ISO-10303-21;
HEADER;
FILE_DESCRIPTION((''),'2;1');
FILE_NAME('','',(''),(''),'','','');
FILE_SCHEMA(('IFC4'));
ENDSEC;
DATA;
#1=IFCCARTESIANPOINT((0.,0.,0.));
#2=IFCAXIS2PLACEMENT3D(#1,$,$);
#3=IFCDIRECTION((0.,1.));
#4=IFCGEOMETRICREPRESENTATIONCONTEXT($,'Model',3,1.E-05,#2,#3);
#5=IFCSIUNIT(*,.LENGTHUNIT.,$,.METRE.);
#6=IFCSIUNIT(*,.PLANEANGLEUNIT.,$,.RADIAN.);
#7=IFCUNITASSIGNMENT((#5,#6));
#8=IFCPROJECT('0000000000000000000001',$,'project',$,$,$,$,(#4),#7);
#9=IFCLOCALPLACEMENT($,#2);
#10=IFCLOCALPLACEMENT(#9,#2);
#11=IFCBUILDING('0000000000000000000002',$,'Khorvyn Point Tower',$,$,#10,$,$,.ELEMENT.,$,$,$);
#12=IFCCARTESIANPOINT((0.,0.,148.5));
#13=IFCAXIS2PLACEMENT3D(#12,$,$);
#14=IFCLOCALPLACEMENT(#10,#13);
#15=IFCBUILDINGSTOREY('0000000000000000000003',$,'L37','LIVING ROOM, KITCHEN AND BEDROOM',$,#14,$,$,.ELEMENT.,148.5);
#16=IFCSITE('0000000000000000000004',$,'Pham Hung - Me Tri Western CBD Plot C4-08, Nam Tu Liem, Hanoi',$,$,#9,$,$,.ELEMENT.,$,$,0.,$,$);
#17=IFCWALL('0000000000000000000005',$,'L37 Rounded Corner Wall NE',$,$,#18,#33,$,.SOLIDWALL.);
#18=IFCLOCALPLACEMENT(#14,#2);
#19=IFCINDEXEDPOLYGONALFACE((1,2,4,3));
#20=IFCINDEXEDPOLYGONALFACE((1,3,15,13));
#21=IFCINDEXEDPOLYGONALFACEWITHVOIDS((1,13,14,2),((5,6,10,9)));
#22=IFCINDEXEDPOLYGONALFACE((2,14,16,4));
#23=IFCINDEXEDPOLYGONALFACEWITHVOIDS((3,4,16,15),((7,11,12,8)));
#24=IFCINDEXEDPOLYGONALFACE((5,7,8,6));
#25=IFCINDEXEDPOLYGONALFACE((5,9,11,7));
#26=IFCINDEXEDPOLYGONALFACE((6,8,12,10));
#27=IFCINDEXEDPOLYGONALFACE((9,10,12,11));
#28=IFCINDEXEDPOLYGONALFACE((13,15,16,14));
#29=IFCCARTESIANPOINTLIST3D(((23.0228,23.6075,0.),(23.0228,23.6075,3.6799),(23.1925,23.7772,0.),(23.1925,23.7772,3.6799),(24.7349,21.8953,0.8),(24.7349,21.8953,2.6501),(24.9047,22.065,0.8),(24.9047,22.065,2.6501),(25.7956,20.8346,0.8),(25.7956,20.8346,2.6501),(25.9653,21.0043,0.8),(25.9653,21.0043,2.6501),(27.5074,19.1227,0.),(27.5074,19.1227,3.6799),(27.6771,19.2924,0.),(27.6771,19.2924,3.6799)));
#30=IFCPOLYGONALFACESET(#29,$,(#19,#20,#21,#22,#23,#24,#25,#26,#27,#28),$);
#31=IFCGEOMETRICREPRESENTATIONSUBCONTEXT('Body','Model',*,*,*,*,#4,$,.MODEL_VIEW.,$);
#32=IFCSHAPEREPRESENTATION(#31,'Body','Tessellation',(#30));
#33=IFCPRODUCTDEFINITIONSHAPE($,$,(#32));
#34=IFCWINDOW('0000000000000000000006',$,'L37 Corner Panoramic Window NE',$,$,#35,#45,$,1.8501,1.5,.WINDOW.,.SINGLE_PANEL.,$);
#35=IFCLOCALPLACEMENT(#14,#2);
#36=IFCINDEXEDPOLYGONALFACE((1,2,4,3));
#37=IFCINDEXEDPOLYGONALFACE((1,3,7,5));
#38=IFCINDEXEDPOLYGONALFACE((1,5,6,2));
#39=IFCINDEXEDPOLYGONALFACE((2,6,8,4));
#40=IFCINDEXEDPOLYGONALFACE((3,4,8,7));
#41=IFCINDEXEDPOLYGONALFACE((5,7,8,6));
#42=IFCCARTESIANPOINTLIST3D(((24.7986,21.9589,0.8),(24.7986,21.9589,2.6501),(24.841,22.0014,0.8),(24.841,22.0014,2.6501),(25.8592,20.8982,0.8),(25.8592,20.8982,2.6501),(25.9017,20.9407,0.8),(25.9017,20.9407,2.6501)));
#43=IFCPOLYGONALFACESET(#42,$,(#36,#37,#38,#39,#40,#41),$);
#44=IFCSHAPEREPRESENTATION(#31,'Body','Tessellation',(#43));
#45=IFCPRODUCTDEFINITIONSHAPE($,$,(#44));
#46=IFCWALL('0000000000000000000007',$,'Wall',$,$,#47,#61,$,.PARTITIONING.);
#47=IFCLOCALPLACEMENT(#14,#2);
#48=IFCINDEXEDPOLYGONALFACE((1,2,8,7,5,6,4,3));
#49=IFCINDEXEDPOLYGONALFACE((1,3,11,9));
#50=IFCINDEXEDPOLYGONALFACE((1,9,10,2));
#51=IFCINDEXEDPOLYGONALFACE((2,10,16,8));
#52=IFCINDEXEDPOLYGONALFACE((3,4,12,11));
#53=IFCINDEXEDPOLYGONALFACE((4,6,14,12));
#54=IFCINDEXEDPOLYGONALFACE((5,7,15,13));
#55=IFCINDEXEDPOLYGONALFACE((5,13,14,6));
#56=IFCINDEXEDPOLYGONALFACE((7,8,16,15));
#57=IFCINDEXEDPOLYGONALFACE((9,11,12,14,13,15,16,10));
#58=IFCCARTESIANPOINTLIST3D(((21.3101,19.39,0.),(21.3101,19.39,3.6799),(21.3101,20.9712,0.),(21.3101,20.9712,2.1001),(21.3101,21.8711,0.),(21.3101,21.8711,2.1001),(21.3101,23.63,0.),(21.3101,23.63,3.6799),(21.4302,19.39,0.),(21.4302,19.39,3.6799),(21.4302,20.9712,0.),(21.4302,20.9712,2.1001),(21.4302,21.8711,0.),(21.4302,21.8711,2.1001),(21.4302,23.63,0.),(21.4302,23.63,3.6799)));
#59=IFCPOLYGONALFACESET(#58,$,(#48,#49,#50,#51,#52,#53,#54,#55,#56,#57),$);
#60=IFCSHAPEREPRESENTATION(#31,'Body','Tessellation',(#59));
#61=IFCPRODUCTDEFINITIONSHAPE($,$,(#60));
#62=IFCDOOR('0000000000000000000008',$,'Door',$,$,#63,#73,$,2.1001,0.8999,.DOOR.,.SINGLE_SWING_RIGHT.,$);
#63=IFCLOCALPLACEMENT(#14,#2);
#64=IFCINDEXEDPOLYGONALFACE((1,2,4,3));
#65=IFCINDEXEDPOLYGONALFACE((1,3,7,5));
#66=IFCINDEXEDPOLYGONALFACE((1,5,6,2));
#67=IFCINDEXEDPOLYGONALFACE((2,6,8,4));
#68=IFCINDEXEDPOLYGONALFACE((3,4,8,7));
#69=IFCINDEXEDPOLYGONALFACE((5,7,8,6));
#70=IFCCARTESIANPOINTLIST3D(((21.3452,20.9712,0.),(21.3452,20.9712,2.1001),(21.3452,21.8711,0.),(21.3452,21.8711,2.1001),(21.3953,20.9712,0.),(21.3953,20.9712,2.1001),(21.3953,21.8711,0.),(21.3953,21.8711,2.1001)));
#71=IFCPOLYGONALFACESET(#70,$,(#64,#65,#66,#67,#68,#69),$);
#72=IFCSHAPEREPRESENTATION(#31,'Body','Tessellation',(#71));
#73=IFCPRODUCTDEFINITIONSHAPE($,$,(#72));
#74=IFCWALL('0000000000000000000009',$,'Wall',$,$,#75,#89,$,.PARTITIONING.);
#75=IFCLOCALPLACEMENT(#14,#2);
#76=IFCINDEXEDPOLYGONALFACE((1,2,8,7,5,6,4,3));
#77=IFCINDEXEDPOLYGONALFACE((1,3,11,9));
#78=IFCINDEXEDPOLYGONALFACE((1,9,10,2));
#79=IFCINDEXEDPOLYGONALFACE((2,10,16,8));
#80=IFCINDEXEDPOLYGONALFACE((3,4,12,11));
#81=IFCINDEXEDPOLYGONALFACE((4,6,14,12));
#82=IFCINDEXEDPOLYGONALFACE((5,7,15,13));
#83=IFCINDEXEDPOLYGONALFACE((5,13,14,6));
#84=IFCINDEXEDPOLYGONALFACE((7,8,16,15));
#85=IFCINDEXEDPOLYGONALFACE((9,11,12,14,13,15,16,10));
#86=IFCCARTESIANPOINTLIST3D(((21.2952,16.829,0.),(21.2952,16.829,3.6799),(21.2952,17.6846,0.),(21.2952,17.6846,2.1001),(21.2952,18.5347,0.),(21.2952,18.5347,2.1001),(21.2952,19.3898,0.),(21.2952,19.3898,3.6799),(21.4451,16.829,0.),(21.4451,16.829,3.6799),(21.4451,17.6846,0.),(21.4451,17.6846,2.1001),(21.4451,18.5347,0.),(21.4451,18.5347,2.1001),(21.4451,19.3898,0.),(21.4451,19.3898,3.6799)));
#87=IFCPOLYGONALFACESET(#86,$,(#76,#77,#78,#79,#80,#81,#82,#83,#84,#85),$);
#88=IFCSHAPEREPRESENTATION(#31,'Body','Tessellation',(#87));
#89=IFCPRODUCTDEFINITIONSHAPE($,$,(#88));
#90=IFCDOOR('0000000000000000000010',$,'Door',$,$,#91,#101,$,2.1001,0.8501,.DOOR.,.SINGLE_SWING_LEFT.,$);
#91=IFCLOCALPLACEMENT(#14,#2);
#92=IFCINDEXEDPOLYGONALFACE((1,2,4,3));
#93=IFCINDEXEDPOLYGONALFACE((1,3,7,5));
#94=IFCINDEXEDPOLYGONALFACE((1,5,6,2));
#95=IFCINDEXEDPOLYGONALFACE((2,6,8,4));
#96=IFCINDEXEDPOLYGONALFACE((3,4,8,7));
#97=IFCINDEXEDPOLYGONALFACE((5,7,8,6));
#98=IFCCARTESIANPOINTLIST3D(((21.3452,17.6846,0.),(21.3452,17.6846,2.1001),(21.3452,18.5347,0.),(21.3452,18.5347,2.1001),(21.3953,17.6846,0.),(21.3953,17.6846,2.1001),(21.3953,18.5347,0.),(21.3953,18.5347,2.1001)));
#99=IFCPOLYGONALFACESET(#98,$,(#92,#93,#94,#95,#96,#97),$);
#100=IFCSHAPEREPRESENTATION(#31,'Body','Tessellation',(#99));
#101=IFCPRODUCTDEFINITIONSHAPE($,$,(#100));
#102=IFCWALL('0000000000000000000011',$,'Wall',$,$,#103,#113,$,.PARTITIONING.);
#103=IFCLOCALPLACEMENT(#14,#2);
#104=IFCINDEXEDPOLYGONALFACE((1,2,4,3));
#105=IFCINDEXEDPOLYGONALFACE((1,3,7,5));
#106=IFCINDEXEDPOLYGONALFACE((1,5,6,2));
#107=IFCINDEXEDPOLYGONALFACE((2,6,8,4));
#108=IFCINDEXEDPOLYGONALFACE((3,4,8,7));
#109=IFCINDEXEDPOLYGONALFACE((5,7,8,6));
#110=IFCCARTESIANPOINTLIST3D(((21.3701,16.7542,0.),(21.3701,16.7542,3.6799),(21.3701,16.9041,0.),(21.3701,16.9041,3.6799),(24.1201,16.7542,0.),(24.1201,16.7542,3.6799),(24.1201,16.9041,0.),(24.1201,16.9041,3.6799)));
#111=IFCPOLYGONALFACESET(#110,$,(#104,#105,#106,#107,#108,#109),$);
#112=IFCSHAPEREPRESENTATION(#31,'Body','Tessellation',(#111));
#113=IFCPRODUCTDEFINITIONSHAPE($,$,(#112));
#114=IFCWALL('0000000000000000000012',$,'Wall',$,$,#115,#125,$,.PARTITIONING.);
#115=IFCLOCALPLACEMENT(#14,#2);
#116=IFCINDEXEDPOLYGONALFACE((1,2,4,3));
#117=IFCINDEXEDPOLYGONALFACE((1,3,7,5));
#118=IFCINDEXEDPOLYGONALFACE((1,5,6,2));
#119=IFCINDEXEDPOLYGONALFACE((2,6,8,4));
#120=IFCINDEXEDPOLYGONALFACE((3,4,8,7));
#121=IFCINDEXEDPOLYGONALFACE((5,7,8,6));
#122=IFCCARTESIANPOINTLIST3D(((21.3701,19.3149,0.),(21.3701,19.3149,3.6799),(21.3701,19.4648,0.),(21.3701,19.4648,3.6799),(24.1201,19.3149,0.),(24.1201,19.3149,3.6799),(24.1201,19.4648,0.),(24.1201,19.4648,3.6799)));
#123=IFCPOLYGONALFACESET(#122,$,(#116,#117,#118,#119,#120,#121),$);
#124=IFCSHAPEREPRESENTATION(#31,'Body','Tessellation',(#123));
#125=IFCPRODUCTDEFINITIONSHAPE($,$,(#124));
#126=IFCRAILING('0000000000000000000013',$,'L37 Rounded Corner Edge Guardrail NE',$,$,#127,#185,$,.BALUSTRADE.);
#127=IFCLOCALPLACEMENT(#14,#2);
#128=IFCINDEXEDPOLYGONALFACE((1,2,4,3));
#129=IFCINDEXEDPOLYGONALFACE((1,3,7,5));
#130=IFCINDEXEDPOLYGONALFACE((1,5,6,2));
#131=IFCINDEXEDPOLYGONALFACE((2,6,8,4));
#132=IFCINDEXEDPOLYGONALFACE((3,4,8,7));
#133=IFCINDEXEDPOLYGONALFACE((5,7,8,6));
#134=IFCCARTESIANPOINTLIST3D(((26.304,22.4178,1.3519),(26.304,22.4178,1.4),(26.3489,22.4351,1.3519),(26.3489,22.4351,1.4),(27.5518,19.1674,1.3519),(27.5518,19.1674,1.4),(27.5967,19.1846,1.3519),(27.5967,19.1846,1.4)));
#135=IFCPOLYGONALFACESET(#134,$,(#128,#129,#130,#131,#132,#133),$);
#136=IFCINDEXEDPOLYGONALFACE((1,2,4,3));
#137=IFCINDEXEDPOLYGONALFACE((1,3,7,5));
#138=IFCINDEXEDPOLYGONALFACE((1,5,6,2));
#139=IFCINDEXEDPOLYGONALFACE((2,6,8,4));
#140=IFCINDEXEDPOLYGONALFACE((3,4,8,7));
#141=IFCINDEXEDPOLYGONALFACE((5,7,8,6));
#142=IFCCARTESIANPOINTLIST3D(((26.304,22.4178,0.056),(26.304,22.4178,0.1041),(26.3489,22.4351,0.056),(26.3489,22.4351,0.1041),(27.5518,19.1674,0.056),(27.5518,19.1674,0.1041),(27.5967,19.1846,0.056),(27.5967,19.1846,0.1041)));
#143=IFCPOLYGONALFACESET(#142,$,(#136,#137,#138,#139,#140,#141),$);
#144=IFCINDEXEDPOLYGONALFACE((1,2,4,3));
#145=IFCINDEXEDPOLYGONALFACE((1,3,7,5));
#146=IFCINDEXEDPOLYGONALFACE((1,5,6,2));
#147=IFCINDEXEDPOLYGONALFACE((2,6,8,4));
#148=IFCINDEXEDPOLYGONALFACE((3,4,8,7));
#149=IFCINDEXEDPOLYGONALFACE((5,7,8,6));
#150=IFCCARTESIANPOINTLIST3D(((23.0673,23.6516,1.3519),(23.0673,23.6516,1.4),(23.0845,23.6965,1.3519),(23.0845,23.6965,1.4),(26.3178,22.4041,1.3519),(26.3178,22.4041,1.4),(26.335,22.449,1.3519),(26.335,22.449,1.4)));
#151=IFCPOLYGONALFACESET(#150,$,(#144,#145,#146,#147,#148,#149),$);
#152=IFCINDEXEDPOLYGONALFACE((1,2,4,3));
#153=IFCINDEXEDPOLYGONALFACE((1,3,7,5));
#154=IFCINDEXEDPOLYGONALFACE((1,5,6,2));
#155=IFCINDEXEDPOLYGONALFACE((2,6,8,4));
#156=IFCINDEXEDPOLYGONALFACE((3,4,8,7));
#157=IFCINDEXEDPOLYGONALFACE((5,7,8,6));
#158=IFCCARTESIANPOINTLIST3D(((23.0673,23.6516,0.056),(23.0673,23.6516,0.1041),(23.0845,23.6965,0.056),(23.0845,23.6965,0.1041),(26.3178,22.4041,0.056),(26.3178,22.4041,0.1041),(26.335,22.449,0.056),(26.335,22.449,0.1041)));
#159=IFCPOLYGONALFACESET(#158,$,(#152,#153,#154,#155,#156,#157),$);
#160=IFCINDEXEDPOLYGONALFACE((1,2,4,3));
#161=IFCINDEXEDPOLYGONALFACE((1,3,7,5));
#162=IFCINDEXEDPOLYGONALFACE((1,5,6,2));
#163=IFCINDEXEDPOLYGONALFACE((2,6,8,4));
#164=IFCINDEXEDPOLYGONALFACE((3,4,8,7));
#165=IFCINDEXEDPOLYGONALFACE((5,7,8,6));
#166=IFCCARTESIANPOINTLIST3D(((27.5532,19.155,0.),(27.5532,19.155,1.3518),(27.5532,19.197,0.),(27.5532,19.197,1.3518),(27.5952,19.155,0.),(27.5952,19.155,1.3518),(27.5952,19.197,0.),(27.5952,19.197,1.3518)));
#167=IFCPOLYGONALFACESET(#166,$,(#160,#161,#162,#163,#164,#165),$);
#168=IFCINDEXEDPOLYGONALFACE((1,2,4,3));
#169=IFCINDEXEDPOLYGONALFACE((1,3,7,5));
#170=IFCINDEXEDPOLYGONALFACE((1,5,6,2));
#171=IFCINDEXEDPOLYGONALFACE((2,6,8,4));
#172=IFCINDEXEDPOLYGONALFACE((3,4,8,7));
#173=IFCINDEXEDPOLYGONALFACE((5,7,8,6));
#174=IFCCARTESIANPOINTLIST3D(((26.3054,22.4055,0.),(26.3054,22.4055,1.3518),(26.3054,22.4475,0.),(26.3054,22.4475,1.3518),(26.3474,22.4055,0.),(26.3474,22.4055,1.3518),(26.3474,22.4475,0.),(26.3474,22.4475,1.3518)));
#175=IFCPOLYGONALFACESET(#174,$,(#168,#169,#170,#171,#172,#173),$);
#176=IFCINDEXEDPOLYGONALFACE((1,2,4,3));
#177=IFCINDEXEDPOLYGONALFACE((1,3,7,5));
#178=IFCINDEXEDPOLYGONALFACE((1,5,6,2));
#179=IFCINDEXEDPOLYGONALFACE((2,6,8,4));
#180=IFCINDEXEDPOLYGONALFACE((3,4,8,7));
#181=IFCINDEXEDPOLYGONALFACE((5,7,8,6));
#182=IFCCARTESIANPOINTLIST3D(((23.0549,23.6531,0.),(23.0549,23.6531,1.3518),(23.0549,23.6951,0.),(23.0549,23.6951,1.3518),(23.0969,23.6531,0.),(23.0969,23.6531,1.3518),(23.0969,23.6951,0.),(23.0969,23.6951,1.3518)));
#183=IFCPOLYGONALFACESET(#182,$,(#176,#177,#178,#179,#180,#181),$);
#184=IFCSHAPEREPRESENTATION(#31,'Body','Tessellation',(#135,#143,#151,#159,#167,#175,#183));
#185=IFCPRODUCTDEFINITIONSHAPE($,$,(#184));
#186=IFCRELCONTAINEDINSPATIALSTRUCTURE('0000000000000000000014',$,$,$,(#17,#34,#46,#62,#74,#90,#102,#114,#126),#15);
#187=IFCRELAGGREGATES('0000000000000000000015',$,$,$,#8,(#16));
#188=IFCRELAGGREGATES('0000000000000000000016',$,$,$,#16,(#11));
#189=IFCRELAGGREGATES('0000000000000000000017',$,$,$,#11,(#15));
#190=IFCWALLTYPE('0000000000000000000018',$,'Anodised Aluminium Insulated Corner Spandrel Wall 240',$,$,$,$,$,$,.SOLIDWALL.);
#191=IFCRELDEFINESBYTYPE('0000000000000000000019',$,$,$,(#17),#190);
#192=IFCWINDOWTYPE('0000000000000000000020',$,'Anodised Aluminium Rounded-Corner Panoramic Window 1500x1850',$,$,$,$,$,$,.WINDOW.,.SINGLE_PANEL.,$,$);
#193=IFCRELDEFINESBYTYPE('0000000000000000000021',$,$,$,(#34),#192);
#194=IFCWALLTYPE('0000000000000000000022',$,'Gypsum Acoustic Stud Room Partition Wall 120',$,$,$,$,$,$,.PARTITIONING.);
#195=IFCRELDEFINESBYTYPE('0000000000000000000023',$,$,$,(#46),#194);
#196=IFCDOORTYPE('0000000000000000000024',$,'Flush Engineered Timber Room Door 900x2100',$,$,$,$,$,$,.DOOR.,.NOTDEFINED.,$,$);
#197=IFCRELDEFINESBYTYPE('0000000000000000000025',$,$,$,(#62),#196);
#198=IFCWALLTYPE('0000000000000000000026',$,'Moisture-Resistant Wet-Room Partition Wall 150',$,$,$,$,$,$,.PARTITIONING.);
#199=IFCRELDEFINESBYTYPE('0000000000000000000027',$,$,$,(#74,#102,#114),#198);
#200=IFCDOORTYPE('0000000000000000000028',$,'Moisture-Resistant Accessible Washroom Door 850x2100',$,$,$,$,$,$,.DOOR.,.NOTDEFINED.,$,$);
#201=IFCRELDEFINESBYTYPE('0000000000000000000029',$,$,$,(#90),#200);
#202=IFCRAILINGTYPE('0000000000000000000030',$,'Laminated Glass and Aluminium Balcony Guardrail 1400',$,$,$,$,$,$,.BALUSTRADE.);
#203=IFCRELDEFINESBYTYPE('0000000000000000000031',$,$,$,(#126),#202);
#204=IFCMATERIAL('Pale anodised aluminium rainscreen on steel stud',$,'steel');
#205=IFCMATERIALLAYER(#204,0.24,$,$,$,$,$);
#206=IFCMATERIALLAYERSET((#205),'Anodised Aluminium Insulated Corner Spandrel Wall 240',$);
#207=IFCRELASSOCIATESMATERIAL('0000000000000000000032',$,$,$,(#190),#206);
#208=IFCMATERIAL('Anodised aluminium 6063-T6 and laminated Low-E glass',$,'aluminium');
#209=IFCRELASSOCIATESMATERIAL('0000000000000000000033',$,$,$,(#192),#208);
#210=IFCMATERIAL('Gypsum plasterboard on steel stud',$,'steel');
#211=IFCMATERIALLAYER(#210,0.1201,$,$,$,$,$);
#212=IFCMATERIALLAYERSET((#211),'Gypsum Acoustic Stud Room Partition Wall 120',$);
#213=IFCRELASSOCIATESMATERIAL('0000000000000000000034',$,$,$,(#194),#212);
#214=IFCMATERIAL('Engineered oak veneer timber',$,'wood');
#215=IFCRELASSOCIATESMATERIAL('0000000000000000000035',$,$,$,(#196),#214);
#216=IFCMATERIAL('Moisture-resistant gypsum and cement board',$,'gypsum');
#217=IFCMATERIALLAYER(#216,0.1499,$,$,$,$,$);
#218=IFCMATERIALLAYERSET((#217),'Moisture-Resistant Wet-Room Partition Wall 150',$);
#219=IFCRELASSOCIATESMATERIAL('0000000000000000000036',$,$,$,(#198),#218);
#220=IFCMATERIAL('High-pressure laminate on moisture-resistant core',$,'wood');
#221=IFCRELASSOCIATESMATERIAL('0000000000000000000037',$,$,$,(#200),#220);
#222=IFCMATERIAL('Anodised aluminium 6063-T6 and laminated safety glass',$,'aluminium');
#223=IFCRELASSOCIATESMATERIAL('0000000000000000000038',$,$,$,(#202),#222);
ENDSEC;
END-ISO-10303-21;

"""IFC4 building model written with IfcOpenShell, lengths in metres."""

from ifc_helpers import new_model, si_unit, direction, frame, frame_2d, origin, origin_2d, place, context, subcontext, project, spatial, rectangle, extrude, material, layer, layer_set, type_object, element, fill, save


model = new_model("IFC4")

# Units and contexts
model_context = context("Model", 3, precision=1e-05, world=origin(), true_north=direction((0.0, 1.0)))
body_context = subcontext(model_context, "Body", "Model", "MODEL_VIEW")
ifc_project = project(units=[si_unit("LENGTHUNIT", "METRE"), si_unit("PLANEANGLEUNIT", "RADIAN")], contexts=[model_context])

# Site, building, storey
site_placement = place(None, origin())
site = spatial("IfcSite", under=ifc_project, at=site_placement, Name="Pham Hung - Me Tri Western CBD Plot C4-08, Nam Tu Liem, Hanoi", CompositionType="ELEMENT", RefElevation=0.0)
building_placement = place(site_placement, origin())
building = spatial("IfcBuilding", under=site, at=building_placement, Name="Khorvyn Point Tower", CompositionType="ELEMENT")
storey_placement = place(building_placement, frame((0.0, 0.0, 148.5)))
storey = spatial("IfcBuildingStorey", under=building, at=storey_placement, Name="L37", Description="LIVING ROOM, KITCHEN AND BEDROOM", CompositionType="ELEMENT", Elevation=148.5)

# Shared definitions
ifc_material_1 = material(Name="Anodised aluminium 6063-T6 and laminated Low-E glass", Category="aluminium")

# Wall, opening, window
ifc_material_2 = material(Name="Pale anodised aluminium rainscreen on steel stud", Category="steel")
ifc_layer_1 = layer(ifc_material_2, 0.24)
ifc_layer_set_1 = layer_set([ifc_layer_1], Name="Anodised Aluminium Insulated Corner Spandrel Wall 240")
wall_type_1 = type_object("IfcWallType", Name="Anodised Aluminium Insulated Corner Spandrel Wall 240", PredefinedType="SOLIDWALL", material=ifc_layer_set_1)
wall_1_placement = place(storey_placement, frame((23.1077, 23.6924, 0.0), z_axis=(0.0, 0.0, 1.0), x_axis=(0.707088, -0.707126, 0.0)))
wall_1 = element("IfcWall", 1, at=wall_1_placement, inside=storey, type_object=wall_type_1, Name="L37 Rounded Corner Wall NE", PredefinedType="SOLIDWALL", context=body_context, shape_type="SweptSolid", body=[
    extrude(rectangle(XDim=6.3423, YDim=0.24, at=frame_2d((3.1711, 0.0))), origin(), (0.0, 0.0, 1.0), 3.6799),
])
opening_1_placement = place(wall_1_placement, frame((2.4214, 0.0, 0.8)))
opening_1 = element("IfcOpeningElement", 2, at=opening_1_placement, cuts=wall_1, PredefinedType="OPENING", context=body_context, shape_type="SweptSolid", body=[
    extrude(rectangle(XDim=1.5, YDim=1.8501, at=frame_2d((0.75, 0.925))), frame((0.0, 0.1299, 0.0), z_axis=(0.0, -1.0, 0.0), x_axis=(1.0, 0.0, 0.0)), (0.0, 0.0, 1.0), 0.26),
])
window_type = type_object("IfcWindowType", Name="Anodised Aluminium Rounded-Corner Panoramic Window 1500x1850", PartitioningType="SINGLE_PANEL", PredefinedType="WINDOW", material=ifc_material_1)
window_placement = place(opening_1_placement, origin())
window = element("IfcWindow", 3, at=window_placement, inside=storey, type_object=window_type, Name="L37 Corner Panoramic Window NE", OverallHeight=1.8501, OverallWidth=1.5, PartitioningType="SINGLE_PANEL", PredefinedType="WINDOW", context=body_context, shape_type="SweptSolid", body=[
    extrude(rectangle(XDim=1.5, YDim=1.8501, at=frame_2d((0.75, 0.925))), frame((0.0, 0.03, 0.0), z_axis=(0.0, -1.0, 0.0), x_axis=(1.0, 0.0, 0.0)), (0.0, 0.0, 1.0), 0.0601),
])
fill(opening_1, window)

# Walls, openings, doors
ifc_material_3 = material(Name="Gypsum plasterboard on steel stud", Category="steel")
ifc_layer_2 = layer(ifc_material_3, 0.1201)
ifc_layer_set_2 = layer_set([ifc_layer_2], Name="Gypsum Acoustic Stud Room Partition Wall 120")
wall_type_2 = type_object("IfcWallType", Name="Gypsum Acoustic Stud Room Partition Wall 120", PredefinedType="PARTITIONING", material=ifc_layer_set_2)
wall_2_placement = place(storey_placement, frame((21.3701, 19.3899, 0.0), z_axis=(0.0, 0.0, 1.0), x_axis=(0.0, 1.0, 0.0)))
wall_2 = element("IfcWall", 4, at=wall_2_placement, inside=storey, type_object=wall_type_2, Name="Wall", PredefinedType="PARTITIONING", context=body_context, shape_type="SweptSolid", body=[
    extrude(rectangle(XDim=4.24, YDim=0.1201, at=frame_2d((2.1201, 0.0))), origin(), (0.0, 0.0, 1.0), 3.6799),
])
opening_2_placement = place(wall_2_placement, frame((1.5813, 0.0, 0.0)))
opening_2 = element("IfcOpeningElement", 5, at=opening_2_placement, cuts=wall_2, PredefinedType="OPENING", context=body_context, shape_type="SweptSolid", body=[
    extrude(rectangle(XDim=0.8999, YDim=2.1001, at=frame_2d((0.45, 1.05))), frame((0.0, 0.0701, 0.0), z_axis=(0.0, -1.0, 0.0), x_axis=(1.0, 0.0, 0.0)), (0.0, 0.0, 1.0), 0.1401),
])
ifc_material_4 = material(Name="Engineered oak veneer timber", Category="wood")
door_type_1 = type_object("IfcDoorType", Name="Flush Engineered Timber Room Door 900x2100", OperationType="NOTDEFINED", PredefinedType="DOOR", material=ifc_material_4)
door_1_placement = place(opening_2_placement, origin())
door_1 = element("IfcDoor", 6, at=door_1_placement, inside=storey, type_object=door_type_1, Name="Door", OperationType="SINGLE_SWING_RIGHT", OverallHeight=2.1001, OverallWidth=0.8999, PredefinedType="DOOR", context=body_context, shape_type="SweptSolid", body=[
    extrude(rectangle(XDim=0.8999, YDim=2.1001, at=frame_2d((0.45, 1.05))), frame((0.0, 0.0249, 0.0), z_axis=(0.0, -1.0, 0.0), x_axis=(1.0, 0.0, 0.0)), (0.0, 0.0, 1.0), 0.05),
])
fill(opening_2, door_1)
ifc_material_5 = material(Name="Moisture-resistant gypsum and cement board", Category="gypsum")
ifc_layer_3 = layer(ifc_material_5, 0.1499)
ifc_layer_set_3 = layer_set([ifc_layer_3], Name="Moisture-Resistant Wet-Room Partition Wall 150")
wall_type_3 = type_object("IfcWallType", Name="Moisture-Resistant Wet-Room Partition Wall 150", PredefinedType="PARTITIONING", material=ifc_layer_set_3)
wall_3_placement = place(storey_placement, frame((21.3701, 16.8291, 0.0), z_axis=(0.0, 0.0, 1.0), x_axis=(0.0, 1.0, 0.0)))
wall_3 = element("IfcWall", 7, at=wall_3_placement, inside=storey, type_object=wall_type_3, Name="Wall", PredefinedType="PARTITIONING", context=body_context, shape_type="SweptSolid", body=[
    extrude(rectangle(XDim=2.5608, YDim=0.1499, at=frame_2d((1.2803, 0.0))), origin(), (0.0, 0.0, 1.0), 3.6799),
])
opening_3_placement = place(wall_3_placement, frame((0.8555, 0.0, 0.0)))
opening_3 = element("IfcOpeningElement", 8, at=opening_3_placement, cuts=wall_3, PredefinedType="OPENING", context=body_context, shape_type="SweptSolid", body=[
    extrude(rectangle(XDim=0.8501, YDim=2.1001, at=frame_2d((0.425, 1.05))), frame((0.0, 0.085, 0.0), z_axis=(0.0, -1.0, 0.0), x_axis=(1.0, 0.0, 0.0)), (0.0, 0.0, 1.0), 0.1699),
])
ifc_material_6 = material(Name="High-pressure laminate on moisture-resistant core", Category="wood")
door_type_2 = type_object("IfcDoorType", Name="Moisture-Resistant Accessible Washroom Door 850x2100", OperationType="NOTDEFINED", PredefinedType="DOOR", material=ifc_material_6)
door_2_placement = place(opening_3_placement, origin())
door_2 = element("IfcDoor", 9, at=door_2_placement, inside=storey, type_object=door_type_2, Name="Door", OperationType="SINGLE_SWING_LEFT", OverallHeight=2.1001, OverallWidth=0.8501, PredefinedType="DOOR", context=body_context, shape_type="SweptSolid", body=[
    extrude(rectangle(XDim=0.8501, YDim=2.1001, at=frame_2d((0.425, 1.05))), frame((0.0, 0.0249, 0.0), z_axis=(0.0, -1.0, 0.0), x_axis=(1.0, 0.0, 0.0)), (0.0, 0.0, 1.0), 0.05),
])
fill(opening_3, door_2)

# Walls
for number, where, z_axis, x_axis, name in (
    (10, (21.3701, 16.8291, 0.0), (0.0, 0.0, 1.0), (1.0, 0.0, 0.0), "Wall"),
    (11, (21.3701, 19.3899, 0.0), (0.0, 0.0, 1.0), (1.0, 0.0, 0.0), "Wall"),
):
    element("IfcWall", number, at=place(storey_placement, frame(where, z_axis=z_axis, x_axis=x_axis)), inside=storey, type_object=wall_type_3, Name=name, PredefinedType="PARTITIONING", context=body_context, shape_type="SweptSolid", body=[
        extrude(rectangle(XDim=2.75, YDim=0.1499, at=frame_2d((1.375, 0.0))), origin(), (0.0, 0.0, 1.0), 3.6799),
    ])

# Railing
ifc_material_7 = material(Name="Anodised aluminium 6063-T6 and laminated safety glass", Category="aluminium")
railing_type = type_object("IfcRailingType", Name="Laminated Glass and Aluminium Balcony Guardrail 1400", PredefinedType="BALUSTRADE", material=ifc_material_7)
railing_1_placement = place(storey_placement, frame((27.5742, 19.176, 0.0)))
element("IfcRailing", 12, at=railing_1_placement, inside=storey, type_object=railing_type, Name="L37 Rounded Corner Edge Guardrail NE", PredefinedType="BALUSTRADE", context=body_context, shape_type="SweptSolid", body=[
    extrude(rectangle(XDim=0.0481, YDim=0.0481, at=origin_2d()), frame((0.0, 0.0, 1.376), z_axis=(-0.358382, 0.933575, 0.0), x_axis=(-0.933575, -0.358382, 0.0)), (0.0, 0.0, 1.0), 3.4817),
    extrude(rectangle(XDim=0.0481, YDim=0.0481, at=origin_2d()), frame((0.0, 0.0, 0.0801), z_axis=(-0.358382, 0.933575, 0.0), x_axis=(-0.933575, -0.358382, 0.0)), (0.0, 0.0, 1.0), 3.4817),
    extrude(rectangle(XDim=0.0481, YDim=0.0481, at=origin_2d()), frame((-1.2478, 3.2505, 1.376), z_axis=(-0.933598, 0.358321, 0.0), x_axis=(-0.358321, -0.933598, 0.0)), (0.0, 0.0, 1.0), 3.4817),
    extrude(rectangle(XDim=0.0481, YDim=0.0481, at=origin_2d()), frame((-1.2478, 3.2505, 0.0801), z_axis=(-0.933598, 0.358321, 0.0), x_axis=(-0.358321, -0.933598, 0.0)), (0.0, 0.0, 1.0), 3.4817),
    extrude(rectangle(XDim=0.042, YDim=0.042, at=origin_2d()), origin(), (0.0, 0.0, 1.0), 1.3518),
    extrude(rectangle(XDim=0.042, YDim=0.042, at=origin_2d()), frame((-1.2478, 3.2505, 0.0)), (0.0, 0.0, 1.0), 1.3518),
    extrude(rectangle(XDim=0.042, YDim=0.042, at=origin_2d()), frame((-4.4983, 4.498, 0.0)), (0.0, 0.0, 1.0), 1.3518),
])

save(model, "model.ifc")
